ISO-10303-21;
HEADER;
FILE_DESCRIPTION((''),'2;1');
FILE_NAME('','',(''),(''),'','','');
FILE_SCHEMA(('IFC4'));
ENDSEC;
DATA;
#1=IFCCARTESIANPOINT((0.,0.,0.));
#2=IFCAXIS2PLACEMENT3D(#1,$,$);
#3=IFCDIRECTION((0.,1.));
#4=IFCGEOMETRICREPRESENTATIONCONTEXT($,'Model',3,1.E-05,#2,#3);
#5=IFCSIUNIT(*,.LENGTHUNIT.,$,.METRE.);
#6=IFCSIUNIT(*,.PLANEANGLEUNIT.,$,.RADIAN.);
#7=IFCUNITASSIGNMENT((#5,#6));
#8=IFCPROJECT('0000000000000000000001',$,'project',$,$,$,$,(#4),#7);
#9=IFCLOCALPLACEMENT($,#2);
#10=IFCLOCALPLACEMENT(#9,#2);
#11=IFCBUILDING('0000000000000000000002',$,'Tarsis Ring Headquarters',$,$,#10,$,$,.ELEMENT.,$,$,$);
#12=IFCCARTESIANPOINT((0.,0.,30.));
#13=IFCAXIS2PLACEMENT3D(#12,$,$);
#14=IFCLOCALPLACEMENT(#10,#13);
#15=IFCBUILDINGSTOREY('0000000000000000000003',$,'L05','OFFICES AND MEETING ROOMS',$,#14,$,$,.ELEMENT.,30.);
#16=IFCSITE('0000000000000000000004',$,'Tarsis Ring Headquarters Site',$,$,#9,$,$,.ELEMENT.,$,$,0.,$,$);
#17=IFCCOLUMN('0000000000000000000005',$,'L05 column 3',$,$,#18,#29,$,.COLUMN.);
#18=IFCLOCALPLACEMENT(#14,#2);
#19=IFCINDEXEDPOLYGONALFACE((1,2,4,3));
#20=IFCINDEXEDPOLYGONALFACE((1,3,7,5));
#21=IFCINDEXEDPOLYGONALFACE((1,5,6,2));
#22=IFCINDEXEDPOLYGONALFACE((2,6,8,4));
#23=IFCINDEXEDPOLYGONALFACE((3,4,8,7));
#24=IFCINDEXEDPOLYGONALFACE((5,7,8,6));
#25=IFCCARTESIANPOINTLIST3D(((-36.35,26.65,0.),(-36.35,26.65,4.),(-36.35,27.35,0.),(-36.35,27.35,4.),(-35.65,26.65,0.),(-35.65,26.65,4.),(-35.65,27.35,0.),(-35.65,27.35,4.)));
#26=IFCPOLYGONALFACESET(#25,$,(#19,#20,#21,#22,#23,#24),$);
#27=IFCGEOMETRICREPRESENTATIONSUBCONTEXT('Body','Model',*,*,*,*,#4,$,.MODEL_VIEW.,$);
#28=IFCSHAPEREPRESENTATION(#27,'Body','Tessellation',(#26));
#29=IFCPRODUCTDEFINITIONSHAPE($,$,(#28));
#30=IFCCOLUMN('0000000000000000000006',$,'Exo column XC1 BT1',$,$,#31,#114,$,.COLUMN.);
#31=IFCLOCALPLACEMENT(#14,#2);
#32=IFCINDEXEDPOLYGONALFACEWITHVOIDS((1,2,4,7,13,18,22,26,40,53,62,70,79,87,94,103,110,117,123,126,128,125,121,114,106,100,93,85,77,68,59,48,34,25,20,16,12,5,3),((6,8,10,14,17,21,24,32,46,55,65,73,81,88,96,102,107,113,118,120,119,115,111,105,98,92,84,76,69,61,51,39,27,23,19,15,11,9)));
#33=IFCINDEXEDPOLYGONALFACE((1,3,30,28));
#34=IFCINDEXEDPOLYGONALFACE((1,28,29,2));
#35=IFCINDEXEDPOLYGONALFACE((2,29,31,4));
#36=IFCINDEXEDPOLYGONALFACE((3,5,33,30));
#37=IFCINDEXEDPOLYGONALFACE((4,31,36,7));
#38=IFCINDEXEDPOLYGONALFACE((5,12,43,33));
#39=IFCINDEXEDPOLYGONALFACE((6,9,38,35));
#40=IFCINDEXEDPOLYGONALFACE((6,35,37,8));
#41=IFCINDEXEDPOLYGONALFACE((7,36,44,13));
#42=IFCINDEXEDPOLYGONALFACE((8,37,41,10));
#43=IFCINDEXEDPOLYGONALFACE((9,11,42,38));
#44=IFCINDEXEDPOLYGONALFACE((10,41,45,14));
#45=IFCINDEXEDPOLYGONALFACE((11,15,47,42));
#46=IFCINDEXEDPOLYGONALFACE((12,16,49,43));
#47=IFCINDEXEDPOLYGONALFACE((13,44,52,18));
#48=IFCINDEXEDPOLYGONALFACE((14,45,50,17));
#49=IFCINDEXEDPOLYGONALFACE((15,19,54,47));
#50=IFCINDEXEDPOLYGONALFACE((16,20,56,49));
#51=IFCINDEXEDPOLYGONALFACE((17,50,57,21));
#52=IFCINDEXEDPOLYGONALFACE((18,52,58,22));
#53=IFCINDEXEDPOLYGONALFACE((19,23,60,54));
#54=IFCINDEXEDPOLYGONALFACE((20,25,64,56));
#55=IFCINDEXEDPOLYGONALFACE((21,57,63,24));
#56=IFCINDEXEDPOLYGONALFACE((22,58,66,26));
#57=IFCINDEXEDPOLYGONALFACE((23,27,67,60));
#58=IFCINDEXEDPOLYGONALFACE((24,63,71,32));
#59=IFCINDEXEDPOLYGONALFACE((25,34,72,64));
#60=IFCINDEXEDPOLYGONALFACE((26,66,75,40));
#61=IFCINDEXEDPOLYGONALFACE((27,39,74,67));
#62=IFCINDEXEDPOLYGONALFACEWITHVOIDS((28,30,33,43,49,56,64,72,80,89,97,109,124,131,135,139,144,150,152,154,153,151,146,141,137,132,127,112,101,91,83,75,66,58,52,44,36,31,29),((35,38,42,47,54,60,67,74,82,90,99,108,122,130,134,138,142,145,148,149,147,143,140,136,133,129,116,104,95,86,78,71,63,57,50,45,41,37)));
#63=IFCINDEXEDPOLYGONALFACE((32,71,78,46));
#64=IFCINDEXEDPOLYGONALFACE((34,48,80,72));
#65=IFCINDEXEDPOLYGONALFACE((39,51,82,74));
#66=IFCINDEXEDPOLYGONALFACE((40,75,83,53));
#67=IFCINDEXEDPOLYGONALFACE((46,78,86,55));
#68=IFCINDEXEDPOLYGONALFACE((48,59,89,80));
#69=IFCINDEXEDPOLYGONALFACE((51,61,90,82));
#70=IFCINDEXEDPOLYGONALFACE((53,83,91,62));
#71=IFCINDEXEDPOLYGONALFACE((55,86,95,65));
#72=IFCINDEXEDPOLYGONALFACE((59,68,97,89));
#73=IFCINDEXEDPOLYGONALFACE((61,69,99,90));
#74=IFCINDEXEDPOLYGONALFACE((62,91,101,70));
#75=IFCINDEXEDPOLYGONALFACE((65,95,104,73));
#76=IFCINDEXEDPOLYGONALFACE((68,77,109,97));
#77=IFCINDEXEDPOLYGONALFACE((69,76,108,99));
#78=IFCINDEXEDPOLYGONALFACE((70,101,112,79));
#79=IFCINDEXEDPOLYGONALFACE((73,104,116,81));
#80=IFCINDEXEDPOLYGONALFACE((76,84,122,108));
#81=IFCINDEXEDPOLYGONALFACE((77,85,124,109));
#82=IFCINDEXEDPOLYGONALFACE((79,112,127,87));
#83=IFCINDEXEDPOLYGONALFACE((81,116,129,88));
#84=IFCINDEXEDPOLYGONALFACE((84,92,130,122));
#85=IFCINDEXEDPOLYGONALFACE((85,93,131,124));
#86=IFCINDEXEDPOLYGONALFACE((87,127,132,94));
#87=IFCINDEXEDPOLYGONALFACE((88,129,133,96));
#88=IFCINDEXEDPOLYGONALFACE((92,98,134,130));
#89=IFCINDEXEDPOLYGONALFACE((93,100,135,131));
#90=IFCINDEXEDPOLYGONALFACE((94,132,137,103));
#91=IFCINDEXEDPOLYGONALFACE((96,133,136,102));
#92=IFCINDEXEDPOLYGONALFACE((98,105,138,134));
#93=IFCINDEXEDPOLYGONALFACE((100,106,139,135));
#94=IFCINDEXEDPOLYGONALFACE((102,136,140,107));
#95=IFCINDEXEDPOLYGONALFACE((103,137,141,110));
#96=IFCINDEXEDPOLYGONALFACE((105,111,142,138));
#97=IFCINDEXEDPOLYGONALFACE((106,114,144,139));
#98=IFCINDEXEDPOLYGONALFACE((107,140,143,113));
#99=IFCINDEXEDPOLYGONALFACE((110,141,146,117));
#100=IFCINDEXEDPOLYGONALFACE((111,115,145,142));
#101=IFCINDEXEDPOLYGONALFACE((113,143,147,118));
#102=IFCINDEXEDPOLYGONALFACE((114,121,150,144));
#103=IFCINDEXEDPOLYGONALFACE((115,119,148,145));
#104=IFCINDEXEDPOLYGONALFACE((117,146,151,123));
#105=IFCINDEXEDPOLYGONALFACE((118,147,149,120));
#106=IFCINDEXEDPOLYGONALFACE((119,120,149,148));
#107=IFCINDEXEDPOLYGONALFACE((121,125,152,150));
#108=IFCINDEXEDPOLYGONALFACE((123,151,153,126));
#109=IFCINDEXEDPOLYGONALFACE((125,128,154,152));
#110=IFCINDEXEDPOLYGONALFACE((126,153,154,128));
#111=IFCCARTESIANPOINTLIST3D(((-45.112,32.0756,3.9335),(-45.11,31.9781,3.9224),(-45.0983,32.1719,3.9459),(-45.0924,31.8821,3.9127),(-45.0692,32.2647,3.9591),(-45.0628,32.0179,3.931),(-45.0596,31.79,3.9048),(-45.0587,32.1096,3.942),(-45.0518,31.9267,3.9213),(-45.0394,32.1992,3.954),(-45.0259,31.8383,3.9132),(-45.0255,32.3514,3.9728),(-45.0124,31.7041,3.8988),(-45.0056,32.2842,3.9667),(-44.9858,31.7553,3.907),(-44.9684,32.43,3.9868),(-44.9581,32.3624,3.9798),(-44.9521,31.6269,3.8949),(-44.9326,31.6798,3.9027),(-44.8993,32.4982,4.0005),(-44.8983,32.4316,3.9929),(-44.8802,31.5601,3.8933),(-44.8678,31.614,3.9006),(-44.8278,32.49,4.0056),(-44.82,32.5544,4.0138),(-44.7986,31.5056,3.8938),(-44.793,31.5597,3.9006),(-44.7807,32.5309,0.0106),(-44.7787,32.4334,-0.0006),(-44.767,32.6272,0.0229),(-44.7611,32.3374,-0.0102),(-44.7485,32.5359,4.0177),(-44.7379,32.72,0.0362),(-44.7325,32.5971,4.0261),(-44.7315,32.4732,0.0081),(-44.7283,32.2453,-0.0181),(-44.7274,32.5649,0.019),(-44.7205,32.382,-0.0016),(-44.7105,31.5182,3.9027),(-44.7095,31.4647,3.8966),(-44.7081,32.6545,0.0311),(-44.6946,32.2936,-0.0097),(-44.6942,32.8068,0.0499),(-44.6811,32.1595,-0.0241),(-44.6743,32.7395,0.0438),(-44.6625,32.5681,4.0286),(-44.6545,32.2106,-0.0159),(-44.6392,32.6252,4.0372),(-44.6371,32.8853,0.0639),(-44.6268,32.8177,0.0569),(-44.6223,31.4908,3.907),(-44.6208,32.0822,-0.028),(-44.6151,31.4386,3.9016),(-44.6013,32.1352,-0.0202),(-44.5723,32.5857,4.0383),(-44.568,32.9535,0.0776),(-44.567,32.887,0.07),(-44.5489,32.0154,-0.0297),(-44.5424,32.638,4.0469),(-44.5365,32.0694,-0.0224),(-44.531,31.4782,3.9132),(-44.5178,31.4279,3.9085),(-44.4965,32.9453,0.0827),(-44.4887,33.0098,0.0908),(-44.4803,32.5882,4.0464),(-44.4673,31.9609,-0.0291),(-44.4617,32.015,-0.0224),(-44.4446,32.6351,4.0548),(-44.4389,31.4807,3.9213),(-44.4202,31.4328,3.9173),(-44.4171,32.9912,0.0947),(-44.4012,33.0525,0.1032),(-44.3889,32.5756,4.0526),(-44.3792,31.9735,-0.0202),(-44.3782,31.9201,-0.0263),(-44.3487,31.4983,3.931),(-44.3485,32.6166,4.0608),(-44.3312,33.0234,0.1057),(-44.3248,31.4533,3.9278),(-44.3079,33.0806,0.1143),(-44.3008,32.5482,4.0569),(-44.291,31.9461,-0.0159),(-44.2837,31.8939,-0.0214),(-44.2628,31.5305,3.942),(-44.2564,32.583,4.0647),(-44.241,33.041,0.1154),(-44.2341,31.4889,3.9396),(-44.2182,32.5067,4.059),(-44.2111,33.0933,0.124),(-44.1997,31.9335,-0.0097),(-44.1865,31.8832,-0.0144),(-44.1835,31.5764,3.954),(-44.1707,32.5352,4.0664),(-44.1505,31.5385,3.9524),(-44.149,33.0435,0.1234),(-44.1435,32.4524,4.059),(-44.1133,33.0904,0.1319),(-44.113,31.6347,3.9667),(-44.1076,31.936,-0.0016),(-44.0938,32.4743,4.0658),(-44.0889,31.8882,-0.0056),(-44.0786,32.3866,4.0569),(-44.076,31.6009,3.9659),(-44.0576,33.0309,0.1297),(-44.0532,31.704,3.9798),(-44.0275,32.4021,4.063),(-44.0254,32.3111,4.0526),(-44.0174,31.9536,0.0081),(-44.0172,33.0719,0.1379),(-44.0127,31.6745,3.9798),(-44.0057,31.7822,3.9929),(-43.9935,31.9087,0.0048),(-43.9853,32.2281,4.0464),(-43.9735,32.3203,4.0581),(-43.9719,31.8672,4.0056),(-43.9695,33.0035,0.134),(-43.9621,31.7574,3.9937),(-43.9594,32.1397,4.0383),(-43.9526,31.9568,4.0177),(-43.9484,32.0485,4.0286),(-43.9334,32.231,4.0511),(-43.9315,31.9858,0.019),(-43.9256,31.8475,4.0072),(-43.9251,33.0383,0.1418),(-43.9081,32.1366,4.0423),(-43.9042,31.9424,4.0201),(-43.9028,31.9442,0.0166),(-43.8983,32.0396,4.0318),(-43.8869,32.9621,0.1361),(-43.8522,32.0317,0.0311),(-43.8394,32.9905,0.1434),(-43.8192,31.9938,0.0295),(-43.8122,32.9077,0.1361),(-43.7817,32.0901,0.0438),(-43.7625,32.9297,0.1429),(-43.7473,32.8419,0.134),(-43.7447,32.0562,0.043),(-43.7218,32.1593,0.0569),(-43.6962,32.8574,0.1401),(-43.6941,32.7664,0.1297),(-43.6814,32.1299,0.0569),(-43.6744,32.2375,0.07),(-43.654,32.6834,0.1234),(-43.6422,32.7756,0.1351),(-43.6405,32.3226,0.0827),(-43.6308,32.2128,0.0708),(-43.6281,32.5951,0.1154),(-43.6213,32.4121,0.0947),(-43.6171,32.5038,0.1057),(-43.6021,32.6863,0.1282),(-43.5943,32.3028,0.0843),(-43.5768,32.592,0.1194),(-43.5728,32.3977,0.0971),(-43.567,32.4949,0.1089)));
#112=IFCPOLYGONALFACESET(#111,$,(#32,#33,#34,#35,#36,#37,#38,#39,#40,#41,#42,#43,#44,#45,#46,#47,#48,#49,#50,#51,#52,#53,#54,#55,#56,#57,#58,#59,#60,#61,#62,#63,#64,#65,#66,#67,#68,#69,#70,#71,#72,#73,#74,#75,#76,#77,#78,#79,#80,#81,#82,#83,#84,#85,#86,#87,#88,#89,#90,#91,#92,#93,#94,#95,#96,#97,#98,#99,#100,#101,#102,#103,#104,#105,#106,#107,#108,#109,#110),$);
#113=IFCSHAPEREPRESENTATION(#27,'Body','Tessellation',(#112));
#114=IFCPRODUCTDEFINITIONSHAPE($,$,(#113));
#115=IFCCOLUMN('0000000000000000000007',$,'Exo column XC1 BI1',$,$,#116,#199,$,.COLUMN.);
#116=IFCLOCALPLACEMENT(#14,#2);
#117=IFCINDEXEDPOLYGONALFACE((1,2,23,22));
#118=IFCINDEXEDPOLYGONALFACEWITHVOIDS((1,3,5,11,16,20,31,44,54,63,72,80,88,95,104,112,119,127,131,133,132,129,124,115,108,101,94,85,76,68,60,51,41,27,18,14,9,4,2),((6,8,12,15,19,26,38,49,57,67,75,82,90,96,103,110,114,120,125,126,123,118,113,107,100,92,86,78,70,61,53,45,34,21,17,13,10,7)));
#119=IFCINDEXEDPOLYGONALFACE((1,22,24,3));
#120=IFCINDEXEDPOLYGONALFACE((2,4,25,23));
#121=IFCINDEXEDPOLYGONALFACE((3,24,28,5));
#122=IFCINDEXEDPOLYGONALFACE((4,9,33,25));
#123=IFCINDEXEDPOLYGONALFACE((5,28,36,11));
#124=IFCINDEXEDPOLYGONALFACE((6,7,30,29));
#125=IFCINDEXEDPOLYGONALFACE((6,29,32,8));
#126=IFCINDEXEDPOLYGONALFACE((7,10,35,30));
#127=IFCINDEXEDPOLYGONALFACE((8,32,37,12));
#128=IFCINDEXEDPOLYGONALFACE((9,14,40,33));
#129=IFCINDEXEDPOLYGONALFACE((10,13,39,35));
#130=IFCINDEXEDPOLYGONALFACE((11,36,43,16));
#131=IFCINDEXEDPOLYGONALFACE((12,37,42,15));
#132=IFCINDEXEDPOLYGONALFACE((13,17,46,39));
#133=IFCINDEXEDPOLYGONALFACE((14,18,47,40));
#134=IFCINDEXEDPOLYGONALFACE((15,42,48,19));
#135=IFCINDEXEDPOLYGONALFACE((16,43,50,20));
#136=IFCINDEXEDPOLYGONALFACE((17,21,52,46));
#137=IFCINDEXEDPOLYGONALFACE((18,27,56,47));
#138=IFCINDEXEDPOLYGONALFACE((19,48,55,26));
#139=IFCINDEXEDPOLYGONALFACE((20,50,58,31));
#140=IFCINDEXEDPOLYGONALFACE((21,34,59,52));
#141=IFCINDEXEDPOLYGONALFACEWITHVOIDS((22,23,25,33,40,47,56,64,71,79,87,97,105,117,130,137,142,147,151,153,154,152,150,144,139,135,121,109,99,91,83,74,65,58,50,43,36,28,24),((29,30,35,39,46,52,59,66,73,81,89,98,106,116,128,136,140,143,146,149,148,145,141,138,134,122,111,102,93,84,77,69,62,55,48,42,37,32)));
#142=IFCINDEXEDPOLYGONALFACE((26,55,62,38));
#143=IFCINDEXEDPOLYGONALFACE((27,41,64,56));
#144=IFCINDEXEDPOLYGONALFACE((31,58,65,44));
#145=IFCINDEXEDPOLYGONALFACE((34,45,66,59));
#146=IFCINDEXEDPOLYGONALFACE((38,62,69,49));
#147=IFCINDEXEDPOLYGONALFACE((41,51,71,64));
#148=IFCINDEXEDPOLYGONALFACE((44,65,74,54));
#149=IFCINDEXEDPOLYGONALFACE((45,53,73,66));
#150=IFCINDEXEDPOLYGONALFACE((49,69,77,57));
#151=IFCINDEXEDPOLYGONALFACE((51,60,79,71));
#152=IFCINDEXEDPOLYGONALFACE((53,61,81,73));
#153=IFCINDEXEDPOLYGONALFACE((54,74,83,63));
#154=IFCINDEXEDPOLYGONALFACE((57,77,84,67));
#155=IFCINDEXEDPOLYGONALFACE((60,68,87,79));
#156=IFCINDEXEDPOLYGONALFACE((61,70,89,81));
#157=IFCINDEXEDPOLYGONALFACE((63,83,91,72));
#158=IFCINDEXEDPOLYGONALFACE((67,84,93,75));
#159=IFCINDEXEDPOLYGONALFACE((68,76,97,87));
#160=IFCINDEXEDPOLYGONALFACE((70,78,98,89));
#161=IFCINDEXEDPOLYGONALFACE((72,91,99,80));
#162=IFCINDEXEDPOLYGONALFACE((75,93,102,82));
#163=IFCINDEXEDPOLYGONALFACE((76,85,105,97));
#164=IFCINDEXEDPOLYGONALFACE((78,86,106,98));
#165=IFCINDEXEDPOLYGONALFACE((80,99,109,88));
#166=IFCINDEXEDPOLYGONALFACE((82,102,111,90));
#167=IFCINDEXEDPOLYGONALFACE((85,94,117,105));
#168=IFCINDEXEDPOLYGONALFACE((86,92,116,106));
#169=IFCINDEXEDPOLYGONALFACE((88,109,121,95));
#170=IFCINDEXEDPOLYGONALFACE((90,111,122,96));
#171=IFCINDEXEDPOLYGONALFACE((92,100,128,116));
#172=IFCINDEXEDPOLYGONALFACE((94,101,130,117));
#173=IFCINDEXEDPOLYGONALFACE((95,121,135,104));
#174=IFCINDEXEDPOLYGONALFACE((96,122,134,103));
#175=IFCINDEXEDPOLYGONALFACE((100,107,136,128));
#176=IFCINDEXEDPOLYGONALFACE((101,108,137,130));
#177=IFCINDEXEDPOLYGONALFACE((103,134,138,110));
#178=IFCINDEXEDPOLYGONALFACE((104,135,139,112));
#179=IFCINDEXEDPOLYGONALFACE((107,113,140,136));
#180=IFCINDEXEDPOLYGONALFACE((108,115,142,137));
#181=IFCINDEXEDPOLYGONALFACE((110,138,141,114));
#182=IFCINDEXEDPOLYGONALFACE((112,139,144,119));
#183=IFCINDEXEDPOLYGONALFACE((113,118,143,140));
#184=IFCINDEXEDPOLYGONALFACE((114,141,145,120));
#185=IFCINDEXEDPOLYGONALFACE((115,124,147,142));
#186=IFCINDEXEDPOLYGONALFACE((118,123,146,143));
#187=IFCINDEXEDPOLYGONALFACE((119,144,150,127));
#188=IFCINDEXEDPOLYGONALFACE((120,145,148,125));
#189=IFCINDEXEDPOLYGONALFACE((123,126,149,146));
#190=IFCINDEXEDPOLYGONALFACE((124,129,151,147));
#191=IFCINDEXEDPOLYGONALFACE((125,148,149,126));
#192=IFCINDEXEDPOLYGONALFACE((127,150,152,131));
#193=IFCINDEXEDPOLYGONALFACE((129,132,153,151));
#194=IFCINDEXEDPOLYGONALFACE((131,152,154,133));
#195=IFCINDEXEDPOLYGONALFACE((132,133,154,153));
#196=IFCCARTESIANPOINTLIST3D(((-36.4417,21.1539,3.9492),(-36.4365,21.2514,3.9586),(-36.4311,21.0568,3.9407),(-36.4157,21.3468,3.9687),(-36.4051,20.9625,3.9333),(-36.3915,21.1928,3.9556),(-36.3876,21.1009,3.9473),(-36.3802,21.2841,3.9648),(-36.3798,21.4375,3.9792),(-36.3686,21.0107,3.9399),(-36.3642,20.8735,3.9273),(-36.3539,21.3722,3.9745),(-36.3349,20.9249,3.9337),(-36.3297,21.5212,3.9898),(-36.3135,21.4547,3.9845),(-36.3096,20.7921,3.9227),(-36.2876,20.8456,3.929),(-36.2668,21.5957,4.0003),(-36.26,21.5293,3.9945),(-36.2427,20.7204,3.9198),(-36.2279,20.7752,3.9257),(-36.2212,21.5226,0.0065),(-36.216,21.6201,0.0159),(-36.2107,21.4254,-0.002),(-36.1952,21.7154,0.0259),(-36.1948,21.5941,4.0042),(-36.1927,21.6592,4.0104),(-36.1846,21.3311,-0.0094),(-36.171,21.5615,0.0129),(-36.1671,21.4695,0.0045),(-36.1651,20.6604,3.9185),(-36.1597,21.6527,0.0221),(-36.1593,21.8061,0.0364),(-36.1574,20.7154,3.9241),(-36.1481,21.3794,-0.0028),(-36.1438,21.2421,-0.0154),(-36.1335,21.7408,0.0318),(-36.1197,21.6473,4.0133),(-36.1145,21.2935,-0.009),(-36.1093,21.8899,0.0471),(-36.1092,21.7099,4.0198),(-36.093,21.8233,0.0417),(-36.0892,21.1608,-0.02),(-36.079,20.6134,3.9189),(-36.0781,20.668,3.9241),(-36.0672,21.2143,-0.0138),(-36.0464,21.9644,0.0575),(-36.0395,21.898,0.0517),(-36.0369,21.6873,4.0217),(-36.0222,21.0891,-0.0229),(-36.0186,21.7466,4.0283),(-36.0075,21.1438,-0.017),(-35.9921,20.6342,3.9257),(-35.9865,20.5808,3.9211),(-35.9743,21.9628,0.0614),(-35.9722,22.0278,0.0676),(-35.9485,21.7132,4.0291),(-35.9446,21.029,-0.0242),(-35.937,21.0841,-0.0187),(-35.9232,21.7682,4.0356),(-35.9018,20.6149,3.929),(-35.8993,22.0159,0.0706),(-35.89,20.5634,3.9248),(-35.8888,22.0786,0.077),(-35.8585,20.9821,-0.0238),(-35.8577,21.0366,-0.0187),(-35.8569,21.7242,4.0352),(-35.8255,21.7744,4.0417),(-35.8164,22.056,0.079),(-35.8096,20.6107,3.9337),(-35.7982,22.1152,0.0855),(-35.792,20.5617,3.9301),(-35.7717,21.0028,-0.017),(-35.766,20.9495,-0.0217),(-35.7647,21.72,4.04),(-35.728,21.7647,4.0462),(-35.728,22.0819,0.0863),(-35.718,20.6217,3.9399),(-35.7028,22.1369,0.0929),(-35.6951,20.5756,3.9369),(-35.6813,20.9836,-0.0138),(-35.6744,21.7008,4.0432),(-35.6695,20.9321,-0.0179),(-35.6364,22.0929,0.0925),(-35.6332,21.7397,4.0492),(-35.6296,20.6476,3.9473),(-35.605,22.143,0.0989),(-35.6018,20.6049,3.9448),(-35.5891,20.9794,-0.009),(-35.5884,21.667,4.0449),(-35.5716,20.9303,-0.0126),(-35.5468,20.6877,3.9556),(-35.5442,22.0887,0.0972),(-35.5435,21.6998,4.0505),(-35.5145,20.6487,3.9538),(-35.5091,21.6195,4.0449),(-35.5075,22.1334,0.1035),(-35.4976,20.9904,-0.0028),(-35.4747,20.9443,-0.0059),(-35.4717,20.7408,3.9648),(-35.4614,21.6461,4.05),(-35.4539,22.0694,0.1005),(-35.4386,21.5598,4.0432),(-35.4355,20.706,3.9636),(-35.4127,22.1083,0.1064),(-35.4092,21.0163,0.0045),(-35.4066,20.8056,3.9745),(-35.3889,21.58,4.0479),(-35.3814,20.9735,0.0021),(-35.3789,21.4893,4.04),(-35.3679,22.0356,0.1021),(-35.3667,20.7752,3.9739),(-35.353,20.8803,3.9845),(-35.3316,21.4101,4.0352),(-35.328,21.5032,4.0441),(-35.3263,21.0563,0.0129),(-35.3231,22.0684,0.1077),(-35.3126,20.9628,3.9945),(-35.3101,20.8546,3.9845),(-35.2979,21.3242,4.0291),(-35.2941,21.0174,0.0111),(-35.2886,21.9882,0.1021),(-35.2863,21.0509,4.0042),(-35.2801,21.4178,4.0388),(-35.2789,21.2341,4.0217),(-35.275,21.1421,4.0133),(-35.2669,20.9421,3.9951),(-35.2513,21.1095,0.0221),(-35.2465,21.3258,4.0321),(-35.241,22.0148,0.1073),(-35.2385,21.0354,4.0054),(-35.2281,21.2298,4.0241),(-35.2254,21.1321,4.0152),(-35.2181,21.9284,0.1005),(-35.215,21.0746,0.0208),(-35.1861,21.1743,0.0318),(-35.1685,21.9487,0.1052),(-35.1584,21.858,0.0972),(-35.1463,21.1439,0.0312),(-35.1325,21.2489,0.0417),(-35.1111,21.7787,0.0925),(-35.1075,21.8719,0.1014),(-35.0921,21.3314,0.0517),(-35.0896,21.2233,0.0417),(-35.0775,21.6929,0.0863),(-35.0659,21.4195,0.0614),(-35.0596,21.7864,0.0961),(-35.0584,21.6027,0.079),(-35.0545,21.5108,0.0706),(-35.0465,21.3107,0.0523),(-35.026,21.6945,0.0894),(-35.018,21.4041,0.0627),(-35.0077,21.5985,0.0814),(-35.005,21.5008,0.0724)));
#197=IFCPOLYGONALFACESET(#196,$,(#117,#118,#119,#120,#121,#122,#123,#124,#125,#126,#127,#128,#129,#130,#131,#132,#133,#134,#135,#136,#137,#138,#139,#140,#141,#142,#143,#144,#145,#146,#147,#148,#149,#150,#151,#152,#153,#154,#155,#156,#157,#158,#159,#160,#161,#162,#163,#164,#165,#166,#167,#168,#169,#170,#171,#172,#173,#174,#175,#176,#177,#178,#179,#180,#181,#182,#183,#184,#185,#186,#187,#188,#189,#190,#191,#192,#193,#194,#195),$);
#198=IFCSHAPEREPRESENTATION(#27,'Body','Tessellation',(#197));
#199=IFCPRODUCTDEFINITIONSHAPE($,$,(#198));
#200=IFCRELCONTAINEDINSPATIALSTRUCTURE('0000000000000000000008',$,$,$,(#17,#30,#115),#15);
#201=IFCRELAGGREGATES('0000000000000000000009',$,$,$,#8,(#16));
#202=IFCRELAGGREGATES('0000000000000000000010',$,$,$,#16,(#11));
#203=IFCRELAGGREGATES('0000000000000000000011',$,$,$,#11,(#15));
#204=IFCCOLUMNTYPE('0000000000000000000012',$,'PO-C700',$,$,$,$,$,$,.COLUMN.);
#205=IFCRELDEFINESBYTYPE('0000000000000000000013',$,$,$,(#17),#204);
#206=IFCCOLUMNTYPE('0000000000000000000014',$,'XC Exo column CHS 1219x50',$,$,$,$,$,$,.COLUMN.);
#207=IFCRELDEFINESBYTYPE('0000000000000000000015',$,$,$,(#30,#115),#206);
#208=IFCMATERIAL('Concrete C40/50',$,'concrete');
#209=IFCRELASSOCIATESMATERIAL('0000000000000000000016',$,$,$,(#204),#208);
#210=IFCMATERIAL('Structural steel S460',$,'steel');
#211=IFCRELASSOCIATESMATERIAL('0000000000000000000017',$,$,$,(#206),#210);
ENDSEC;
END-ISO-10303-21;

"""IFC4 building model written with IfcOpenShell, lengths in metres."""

from ifc_helpers import new_model, si_unit, direction, frame, origin, origin_2d, place, context, subcontext, project, spatial, rectangle, hollow_circle, extrude, material, material_profile, profile_set, type_object, element, save


model = new_model("IFC4")

# Units and contexts
model_context = context("Model", 3, precision=1e-05, world=origin(), true_north=direction((0.0, 1.0)))
body_context = subcontext(model_context, "Body", "Model", "MODEL_VIEW")
ifc_project = project(units=[si_unit("LENGTHUNIT", "METRE"), si_unit("PLANEANGLEUNIT", "RADIAN")], contexts=[model_context])

# Site, building, storey
site_placement = place(None, origin())
site = spatial("IfcSite", under=ifc_project, at=site_placement, Name="Tarsis Ring Headquarters Site", CompositionType="ELEMENT", RefElevation=0.0)
building_placement = place(site_placement, origin())
building = spatial("IfcBuilding", under=site, at=building_placement, Name="Tarsis Ring Headquarters", CompositionType="ELEMENT")
storey_placement = place(building_placement, frame((0.0, 0.0, 30.0)))
storey = spatial("IfcBuildingStorey", under=building, at=storey_placement, Name="L05", Description="OFFICES AND MEETING ROOMS", CompositionType="ELEMENT", Elevation=30.0)

# Columns
ifc_material_1 = material(Name="Concrete C40/50", Category="concrete")
ifc_material_profile_1 = material_profile(ifc_material_1, rectangle(XDim=0.7, YDim=0.7, at=origin_2d()), Name="PO-C700")
ifc_profile_set_1 = profile_set([ifc_material_profile_1], Name="Concrete C40/50")
column_type_1 = type_object("IfcColumnType", Name="PO-C700", PredefinedType="COLUMN", material=ifc_profile_set_1)
column_1_placement = place(storey_placement, frame((-36.0, 27.0, 0.0), z_axis=(0.0, 0.0, 1.0), x_axis=(1.0, 0.0, 0.0)))
element("IfcColumn", 1, at=column_1_placement, inside=storey, type_object=column_type_1, Name="L05 column 3", PredefinedType="COLUMN", context=body_context, shape_type="SweptSolid", body=[
    extrude(rectangle(XDim=0.7, YDim=0.7, at=origin_2d()), origin(), (0.0, 0.0, 1.0), 4.0),
])
ifc_material_2 = material(Name="Structural steel S460", Category="steel")
ifc_material_profile_2 = material_profile(ifc_material_2, hollow_circle(Radius=0.6096, WallThickness=0.05, at=origin_2d()), Name="CHS 1219x50")
ifc_profile_set_2 = profile_set([ifc_material_profile_2], Name="Structural steel S460")
column_type_2 = type_object("IfcColumnType", Name="XC Exo column CHS 1219x50", PredefinedType="COLUMN", material=ifc_profile_set_2)
column_2_placement = place(storey_placement, frame((-44.1743, 32.4885, 0.0569), z_axis=(-0.083597, -0.114892, 0.989854), x_axis=(0.808605, -0.588352, 0.0)))
element("IfcColumn", 2, at=column_2_placement, inside=storey, type_object=column_type_2, Name="Exo column XC1 BT1", PredefinedType="COLUMN", context=body_context, shape_type="SweptSolid", body=[
    extrude(hollow_circle(Radius=0.6096, WallThickness=0.05, at=origin_2d()), origin(), (0.0, 0.0, 1.0), 3.9631),
])
column_3_placement = place(storey_placement, frame((-35.6128, 21.5361, 0.0417), z_axis=(-0.055588, -0.092954, 0.994117), x_axis=(0.858244, -0.513241, 0.0)))
element("IfcColumn", 3, at=column_3_placement, inside=storey, type_object=column_type_2, Name="Exo column XC1 BI1", PredefinedType="COLUMN", context=body_context, shape_type="SweptSolid", body=[
    extrude(hollow_circle(Radius=0.6096, WallThickness=0.05, at=origin_2d()), origin(), (0.0, 0.0, 1.0), 3.9661),
])

save(model, "model.ifc")
